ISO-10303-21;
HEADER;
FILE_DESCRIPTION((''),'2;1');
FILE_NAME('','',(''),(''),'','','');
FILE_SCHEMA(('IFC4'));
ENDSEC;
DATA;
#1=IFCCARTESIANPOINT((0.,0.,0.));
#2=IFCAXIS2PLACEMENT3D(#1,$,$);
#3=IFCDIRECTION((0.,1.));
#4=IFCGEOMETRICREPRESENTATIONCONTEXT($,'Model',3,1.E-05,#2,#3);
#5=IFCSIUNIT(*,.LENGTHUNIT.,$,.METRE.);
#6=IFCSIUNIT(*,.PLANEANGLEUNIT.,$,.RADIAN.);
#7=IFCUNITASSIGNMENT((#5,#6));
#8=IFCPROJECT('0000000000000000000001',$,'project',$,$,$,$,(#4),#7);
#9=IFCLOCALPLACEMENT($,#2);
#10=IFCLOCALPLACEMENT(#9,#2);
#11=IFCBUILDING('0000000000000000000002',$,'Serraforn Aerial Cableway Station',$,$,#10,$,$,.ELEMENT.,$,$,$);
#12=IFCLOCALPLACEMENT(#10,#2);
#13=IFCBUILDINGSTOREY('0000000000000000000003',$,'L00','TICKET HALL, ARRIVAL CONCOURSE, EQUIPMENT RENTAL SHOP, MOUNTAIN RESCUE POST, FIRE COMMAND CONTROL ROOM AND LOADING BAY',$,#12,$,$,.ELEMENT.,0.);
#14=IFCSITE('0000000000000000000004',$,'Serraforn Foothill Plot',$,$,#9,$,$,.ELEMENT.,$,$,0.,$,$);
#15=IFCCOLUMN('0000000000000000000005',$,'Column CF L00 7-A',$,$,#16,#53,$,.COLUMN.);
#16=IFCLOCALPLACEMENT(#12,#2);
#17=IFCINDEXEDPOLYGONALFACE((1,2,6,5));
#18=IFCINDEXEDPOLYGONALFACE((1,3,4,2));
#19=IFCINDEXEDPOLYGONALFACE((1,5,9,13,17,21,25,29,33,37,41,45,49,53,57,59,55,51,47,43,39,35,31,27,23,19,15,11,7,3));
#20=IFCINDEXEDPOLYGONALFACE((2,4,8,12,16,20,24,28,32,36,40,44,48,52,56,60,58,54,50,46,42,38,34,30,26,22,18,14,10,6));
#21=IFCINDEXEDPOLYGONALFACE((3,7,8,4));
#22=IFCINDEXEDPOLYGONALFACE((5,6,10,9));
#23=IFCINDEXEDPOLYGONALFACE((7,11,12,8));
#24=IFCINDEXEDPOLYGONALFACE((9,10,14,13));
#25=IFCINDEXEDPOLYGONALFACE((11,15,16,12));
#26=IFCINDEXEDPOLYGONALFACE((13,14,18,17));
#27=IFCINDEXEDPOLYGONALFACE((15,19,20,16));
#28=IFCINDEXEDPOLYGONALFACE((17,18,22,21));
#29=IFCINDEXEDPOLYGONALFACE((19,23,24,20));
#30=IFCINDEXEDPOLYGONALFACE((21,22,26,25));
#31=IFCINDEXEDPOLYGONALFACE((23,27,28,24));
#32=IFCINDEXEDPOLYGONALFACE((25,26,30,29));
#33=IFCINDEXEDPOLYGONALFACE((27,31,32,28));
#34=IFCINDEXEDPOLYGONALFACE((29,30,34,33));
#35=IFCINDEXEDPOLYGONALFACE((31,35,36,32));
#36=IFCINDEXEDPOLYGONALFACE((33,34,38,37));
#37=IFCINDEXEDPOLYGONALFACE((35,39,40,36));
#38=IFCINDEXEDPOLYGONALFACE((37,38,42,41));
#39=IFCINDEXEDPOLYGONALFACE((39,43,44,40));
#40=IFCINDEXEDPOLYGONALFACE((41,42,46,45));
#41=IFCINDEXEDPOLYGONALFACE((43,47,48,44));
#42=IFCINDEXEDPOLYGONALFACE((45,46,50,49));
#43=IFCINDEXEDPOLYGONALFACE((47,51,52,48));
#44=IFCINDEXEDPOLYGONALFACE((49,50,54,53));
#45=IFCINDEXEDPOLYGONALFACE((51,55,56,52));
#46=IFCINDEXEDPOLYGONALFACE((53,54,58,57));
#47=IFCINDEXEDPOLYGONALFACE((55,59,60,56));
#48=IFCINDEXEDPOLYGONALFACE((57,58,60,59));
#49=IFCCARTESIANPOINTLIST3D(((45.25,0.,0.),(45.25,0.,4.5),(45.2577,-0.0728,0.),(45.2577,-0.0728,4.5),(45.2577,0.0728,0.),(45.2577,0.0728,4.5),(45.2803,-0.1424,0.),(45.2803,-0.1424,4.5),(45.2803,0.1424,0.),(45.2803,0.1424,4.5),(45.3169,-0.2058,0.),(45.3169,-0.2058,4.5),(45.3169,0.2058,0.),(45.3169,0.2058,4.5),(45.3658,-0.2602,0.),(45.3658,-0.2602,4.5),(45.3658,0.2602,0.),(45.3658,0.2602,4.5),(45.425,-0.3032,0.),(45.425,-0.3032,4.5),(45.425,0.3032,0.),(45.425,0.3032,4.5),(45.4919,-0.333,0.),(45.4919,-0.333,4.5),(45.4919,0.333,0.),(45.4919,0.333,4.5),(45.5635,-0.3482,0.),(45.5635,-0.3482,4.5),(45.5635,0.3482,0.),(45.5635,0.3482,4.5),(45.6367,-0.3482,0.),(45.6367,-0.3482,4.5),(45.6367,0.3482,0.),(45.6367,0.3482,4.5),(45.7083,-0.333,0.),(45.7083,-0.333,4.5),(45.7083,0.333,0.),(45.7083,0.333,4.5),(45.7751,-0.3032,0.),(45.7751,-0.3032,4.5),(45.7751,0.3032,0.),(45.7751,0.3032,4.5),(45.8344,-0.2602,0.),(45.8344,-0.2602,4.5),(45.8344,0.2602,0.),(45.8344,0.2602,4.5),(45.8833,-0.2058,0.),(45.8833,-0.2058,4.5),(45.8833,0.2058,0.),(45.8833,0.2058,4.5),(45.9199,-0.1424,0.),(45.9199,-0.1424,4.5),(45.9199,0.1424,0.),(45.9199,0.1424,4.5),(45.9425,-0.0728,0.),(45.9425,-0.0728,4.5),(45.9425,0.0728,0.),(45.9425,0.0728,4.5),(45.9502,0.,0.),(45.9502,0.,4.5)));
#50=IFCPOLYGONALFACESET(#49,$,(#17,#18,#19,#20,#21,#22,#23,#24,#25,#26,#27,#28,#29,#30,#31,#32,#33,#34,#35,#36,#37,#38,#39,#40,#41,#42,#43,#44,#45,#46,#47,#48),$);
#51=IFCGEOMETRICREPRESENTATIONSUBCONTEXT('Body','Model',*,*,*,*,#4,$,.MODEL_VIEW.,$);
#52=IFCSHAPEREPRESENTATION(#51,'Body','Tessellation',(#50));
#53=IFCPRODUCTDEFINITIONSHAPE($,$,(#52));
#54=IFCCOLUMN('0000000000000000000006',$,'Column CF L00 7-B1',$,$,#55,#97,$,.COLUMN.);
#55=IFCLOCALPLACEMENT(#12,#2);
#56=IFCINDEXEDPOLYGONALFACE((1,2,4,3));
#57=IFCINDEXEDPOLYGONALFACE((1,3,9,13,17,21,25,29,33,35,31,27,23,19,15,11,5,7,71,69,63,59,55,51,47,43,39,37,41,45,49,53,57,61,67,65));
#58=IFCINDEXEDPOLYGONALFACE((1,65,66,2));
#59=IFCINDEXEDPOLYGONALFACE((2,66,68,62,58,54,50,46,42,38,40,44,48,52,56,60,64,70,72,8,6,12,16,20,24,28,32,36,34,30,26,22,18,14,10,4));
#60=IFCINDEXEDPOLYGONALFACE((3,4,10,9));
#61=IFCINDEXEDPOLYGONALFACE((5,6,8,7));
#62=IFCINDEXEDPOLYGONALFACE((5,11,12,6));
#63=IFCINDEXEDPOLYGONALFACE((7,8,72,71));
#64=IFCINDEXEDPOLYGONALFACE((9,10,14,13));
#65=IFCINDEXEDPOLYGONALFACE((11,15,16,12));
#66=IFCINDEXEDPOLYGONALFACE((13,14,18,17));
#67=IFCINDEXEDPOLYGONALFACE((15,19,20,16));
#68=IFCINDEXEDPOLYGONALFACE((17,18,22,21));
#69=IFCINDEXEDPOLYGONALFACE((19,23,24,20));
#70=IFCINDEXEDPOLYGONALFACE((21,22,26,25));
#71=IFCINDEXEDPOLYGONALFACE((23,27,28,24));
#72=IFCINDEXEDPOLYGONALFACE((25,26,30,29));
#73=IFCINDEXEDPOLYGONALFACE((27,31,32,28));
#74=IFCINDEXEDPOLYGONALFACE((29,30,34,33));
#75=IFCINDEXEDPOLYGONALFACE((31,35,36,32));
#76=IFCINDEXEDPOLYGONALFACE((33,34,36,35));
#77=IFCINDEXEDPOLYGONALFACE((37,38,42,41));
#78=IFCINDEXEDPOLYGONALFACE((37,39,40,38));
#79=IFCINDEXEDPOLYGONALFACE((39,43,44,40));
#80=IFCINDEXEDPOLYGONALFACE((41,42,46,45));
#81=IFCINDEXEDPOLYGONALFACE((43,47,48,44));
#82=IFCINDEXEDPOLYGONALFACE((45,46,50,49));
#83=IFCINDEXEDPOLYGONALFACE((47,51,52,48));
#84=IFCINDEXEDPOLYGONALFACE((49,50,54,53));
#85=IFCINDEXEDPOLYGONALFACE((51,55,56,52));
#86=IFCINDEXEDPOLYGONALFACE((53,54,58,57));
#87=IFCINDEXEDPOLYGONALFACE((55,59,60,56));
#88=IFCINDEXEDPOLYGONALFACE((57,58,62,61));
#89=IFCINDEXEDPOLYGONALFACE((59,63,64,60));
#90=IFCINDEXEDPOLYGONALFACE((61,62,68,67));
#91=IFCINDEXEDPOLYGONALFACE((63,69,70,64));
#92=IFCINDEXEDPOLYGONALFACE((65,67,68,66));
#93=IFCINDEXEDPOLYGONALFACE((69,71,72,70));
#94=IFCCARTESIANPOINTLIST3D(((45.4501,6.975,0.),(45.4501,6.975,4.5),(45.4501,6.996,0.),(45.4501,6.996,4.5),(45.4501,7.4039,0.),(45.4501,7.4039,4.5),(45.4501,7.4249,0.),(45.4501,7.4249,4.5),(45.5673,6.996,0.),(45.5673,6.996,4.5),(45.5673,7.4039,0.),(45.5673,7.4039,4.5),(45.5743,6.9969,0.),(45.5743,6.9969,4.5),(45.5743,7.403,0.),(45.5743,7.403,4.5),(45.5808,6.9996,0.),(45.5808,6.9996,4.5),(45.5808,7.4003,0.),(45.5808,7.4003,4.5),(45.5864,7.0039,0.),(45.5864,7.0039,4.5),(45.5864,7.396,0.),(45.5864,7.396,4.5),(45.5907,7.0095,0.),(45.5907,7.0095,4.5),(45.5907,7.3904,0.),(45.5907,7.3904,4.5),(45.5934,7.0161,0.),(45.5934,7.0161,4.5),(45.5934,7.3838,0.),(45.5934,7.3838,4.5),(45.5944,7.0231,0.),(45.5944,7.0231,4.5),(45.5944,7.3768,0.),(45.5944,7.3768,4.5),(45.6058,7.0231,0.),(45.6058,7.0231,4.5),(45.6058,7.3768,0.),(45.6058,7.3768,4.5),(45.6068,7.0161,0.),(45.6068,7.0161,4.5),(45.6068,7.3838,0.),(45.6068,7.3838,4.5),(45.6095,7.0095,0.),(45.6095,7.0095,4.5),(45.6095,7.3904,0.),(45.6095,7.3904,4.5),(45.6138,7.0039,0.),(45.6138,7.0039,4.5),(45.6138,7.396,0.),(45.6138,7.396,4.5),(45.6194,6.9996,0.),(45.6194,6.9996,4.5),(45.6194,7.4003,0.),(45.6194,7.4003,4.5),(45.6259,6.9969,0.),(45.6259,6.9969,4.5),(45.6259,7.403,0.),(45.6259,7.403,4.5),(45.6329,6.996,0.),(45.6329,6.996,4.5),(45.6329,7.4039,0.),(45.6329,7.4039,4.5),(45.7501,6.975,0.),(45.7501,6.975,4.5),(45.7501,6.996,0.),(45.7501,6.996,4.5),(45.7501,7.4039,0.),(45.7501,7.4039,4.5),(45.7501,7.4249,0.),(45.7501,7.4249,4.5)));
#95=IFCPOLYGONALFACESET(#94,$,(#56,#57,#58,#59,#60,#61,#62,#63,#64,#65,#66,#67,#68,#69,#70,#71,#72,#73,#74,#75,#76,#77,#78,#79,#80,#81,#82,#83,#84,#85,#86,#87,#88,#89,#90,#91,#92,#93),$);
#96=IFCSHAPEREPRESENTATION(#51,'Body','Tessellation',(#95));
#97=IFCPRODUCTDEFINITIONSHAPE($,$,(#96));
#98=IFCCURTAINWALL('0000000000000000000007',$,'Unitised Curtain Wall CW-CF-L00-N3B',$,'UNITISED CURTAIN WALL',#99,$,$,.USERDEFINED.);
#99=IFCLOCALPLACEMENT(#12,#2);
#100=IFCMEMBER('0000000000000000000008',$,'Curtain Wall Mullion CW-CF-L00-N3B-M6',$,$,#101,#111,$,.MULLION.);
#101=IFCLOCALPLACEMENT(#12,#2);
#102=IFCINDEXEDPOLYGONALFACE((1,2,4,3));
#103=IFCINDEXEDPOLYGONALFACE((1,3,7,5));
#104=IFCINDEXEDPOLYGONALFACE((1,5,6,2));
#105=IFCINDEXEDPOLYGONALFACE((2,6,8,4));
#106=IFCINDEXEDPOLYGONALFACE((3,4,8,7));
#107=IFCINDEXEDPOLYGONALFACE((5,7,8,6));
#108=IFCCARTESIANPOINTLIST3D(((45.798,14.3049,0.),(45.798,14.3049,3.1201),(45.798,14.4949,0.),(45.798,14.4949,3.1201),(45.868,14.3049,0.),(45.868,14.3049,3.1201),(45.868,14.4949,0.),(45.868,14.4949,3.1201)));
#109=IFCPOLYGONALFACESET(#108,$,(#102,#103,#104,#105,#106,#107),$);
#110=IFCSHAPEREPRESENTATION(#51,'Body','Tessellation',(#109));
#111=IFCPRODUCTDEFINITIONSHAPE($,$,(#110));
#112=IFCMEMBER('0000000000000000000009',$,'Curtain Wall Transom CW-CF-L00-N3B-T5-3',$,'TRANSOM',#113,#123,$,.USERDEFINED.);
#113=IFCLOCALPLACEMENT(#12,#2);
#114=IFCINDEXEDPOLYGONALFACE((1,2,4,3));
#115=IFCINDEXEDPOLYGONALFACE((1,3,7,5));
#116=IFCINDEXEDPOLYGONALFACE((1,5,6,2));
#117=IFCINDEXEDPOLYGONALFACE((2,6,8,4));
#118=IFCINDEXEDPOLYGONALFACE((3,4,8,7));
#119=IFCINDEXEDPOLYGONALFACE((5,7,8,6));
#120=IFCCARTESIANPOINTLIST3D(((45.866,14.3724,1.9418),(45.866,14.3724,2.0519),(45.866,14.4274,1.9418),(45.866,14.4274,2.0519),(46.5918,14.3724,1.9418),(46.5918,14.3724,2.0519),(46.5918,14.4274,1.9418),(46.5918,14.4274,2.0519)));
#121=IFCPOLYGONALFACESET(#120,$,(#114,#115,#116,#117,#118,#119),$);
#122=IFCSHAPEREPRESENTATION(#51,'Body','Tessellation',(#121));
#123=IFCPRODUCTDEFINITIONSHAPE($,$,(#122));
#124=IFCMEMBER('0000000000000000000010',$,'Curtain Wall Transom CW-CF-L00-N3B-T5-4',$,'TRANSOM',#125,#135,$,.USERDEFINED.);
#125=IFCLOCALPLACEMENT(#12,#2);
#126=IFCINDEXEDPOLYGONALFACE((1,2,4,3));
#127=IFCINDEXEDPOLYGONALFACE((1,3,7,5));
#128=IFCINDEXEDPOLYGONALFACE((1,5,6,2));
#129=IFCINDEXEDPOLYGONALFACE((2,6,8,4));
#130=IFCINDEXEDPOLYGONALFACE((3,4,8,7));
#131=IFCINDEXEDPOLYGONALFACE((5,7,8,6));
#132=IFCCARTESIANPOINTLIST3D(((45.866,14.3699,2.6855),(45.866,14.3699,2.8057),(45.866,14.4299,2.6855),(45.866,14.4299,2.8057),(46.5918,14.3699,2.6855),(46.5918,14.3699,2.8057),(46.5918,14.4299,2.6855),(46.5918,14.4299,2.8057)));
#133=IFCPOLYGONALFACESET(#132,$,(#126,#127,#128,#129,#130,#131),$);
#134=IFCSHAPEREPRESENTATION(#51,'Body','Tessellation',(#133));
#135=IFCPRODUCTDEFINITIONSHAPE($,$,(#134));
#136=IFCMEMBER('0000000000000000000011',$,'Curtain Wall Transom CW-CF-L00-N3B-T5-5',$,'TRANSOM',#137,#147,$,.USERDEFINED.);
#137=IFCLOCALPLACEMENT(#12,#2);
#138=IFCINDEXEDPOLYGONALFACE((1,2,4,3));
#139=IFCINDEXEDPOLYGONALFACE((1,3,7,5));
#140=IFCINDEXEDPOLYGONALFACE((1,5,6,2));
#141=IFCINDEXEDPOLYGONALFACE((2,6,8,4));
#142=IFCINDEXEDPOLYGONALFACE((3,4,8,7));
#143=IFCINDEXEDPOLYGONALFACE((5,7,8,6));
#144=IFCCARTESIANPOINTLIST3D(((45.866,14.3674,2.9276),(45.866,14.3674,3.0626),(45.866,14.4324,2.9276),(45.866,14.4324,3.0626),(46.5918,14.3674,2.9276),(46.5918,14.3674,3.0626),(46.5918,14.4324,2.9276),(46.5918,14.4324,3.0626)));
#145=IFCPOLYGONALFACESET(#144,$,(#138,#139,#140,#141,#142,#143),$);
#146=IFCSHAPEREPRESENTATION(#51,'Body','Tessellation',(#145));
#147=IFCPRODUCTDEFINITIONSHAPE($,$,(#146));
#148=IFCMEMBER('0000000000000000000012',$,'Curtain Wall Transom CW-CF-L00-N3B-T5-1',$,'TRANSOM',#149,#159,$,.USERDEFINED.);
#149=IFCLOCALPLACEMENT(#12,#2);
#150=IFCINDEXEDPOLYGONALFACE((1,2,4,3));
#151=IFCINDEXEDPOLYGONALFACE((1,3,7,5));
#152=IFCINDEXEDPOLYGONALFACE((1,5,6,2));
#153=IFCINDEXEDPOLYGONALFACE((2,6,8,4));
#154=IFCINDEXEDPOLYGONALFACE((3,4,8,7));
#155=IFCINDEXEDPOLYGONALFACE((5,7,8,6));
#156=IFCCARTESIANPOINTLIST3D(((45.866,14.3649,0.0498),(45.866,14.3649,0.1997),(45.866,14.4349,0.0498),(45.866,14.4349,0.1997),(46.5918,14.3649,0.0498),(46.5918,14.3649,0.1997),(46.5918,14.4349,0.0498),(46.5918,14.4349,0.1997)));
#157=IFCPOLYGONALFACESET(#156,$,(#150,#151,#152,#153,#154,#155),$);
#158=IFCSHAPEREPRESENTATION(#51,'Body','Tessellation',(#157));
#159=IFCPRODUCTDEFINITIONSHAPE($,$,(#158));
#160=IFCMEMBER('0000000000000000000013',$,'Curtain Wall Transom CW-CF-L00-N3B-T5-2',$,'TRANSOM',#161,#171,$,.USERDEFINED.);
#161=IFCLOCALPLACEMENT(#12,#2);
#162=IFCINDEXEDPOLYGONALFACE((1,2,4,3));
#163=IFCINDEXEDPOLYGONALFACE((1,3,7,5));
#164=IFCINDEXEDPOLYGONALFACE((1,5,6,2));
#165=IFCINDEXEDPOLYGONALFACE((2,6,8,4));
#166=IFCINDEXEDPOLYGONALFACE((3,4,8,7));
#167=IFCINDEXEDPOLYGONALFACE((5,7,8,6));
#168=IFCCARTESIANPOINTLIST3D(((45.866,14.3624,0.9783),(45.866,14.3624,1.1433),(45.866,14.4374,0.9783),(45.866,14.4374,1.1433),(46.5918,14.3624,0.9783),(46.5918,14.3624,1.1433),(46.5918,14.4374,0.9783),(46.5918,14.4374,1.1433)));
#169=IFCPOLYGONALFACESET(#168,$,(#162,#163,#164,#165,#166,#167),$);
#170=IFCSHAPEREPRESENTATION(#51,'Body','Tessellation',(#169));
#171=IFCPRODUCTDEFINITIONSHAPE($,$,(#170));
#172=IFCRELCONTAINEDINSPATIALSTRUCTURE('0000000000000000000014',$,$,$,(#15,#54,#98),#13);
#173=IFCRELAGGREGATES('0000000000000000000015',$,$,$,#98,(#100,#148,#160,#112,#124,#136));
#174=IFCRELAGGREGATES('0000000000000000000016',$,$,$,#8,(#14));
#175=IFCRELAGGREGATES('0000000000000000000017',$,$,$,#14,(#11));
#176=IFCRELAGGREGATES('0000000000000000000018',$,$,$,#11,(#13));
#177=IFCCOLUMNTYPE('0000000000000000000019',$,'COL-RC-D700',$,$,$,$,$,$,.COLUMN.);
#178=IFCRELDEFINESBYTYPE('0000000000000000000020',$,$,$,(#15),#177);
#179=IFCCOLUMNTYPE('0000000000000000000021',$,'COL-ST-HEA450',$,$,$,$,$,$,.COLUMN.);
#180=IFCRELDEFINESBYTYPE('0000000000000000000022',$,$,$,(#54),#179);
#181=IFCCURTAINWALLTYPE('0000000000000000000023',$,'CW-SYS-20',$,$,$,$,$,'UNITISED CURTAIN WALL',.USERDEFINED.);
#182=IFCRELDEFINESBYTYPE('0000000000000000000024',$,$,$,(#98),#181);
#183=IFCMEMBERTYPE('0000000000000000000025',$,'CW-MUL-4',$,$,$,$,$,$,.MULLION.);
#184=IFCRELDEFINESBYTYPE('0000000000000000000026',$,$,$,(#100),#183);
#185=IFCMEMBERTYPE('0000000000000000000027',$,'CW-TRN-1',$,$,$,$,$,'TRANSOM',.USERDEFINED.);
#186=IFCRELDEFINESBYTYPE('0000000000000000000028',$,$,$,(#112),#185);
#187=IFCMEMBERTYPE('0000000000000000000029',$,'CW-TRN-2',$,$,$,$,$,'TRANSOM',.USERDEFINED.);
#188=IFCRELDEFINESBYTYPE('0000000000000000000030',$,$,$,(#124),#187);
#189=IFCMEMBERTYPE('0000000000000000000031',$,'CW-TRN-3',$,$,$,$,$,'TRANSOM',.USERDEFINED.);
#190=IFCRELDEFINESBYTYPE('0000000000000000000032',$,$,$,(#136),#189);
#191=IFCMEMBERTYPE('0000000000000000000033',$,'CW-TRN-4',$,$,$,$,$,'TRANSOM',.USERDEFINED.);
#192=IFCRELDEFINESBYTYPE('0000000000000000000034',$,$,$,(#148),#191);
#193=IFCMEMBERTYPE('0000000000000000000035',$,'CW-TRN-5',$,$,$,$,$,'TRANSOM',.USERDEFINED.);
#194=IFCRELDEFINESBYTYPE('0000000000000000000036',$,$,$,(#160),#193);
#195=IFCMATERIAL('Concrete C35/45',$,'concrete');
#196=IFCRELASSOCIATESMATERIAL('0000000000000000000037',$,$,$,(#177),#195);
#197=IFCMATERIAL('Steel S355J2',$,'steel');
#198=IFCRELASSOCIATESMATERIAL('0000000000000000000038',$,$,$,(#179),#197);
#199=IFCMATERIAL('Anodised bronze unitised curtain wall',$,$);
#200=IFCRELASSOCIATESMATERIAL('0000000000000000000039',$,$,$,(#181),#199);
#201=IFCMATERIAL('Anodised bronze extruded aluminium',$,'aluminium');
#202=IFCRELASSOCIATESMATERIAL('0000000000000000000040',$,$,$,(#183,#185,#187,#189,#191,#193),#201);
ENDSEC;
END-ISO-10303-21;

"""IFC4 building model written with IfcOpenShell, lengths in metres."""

from ifc_helpers import new_model, si_unit, direction, frame, origin, origin_2d, place, context, subcontext, project, spatial, rectangle, circle, i_section, extrude, material, material_profile, profile_set, type_object, element, aggregate, save


model = new_model("IFC4")

# Units and contexts
model_context = context("Model", 3, precision=1e-05, world=origin(), true_north=direction((0.0, 1.0)))
body_context = subcontext(model_context, "Body", "Model", "MODEL_VIEW")
ifc_project = project(units=[si_unit("LENGTHUNIT", "METRE"), si_unit("PLANEANGLEUNIT", "RADIAN")], contexts=[model_context])

# Site, building, storey
site_placement = place(None, origin())
site = spatial("IfcSite", under=ifc_project, at=site_placement, Name="Serraforn Foothill Plot", CompositionType="ELEMENT", RefElevation=0.0)
building_placement = place(site_placement, origin())
building = spatial("IfcBuilding", under=site, at=building_placement, Name="Serraforn Aerial Cableway Station", CompositionType="ELEMENT")
storey_placement = place(building_placement, origin())
storey = spatial("IfcBuildingStorey", under=building, at=storey_placement, Name="L00", Description="TICKET HALL, ARRIVAL CONCOURSE, EQUIPMENT RENTAL SHOP, MOUNTAIN RESCUE POST, FIRE COMMAND CONTROL ROOM AND LOADING BAY", CompositionType="ELEMENT", Elevation=0.0)

# Shared definitions
ifc_material_1 = material(Name="Concrete C35/45", Category="concrete")

# Columns
ifc_material_profile_1 = material_profile(ifc_material_1, circle(Radius=0.3501, at=origin_2d()), Name="RC D700")
ifc_profile_set_1 = profile_set([ifc_material_profile_1], Name="Concrete C35/45")
column_type_1 = type_object("IfcColumnType", Name="COL-RC-D700", PredefinedType="COLUMN", material=ifc_profile_set_1)
column_1_placement = place(storey_placement, frame((45.6001, 0.0, 0.0), z_axis=(0.0, 0.0, 1.0), x_axis=(1.0, 0.0, 0.0)))
element("IfcColumn", 1, at=column_1_placement, inside=storey, type_object=column_type_1, Name="Column CF L00 7-A", PredefinedType="COLUMN", context=body_context, shape_type="SweptSolid", body=[
    extrude(circle(Radius=0.3501, at=origin_2d()), origin(), (0.0, 0.0, 1.0), 4.5),
])
ifc_material_2 = material(Name="Steel S355J2", Category="steel")
ifc_material_profile_2 = material_profile(ifc_material_2, i_section(OverallWidth=0.3, OverallDepth=0.45, WebThickness=0.0115, FlangeThickness=0.021, FilletRadius=0.0271, at=origin_2d()), Name="HEA 450")
ifc_profile_set_2 = profile_set([ifc_material_profile_2], Name="Steel S355J2")
column_type_2 = type_object("IfcColumnType", Name="COL-ST-HEA450", PredefinedType="COLUMN", material=ifc_profile_set_2)
column_2_placement = place(storey_placement, frame((45.6001, 7.2, 0.0), z_axis=(0.0, 0.0, 1.0), x_axis=(1.0, 0.0, 0.0)))
element("IfcColumn", 2, at=column_2_placement, inside=storey, type_object=column_type_2, Name="Column CF L00 7-B1", PredefinedType="COLUMN", context=body_context, shape_type="SweptSolid", body=[
    extrude(i_section(OverallWidth=0.3, OverallDepth=0.45, WebThickness=0.0115, FlangeThickness=0.021, FilletRadius=0.0271, at=origin_2d()), origin(), (0.0, 0.0, 1.0), 4.5),
])

# Curtain wall, members
ifc_material_3 = material(Name="Anodised bronze unitised curtain wall")
curtain_wall_type = type_object("IfcCurtainWallType", Name="CW-SYS-20", ElementType="UNITISED CURTAIN WALL", PredefinedType="USERDEFINED", material=ifc_material_3)
curtain_wall_placement = place(storey_placement, origin())
curtain_wall = element("IfcCurtainWall", 3, at=curtain_wall_placement, inside=storey, type_object=curtain_wall_type, Name="Unitised Curtain Wall CW-CF-L00-N3B", ObjectType="UNITISED CURTAIN WALL", PredefinedType="USERDEFINED")
ifc_material_4 = material(Name="Anodised bronze extruded aluminium", Category="aluminium")
ifc_material_profile_3 = material_profile(ifc_material_4, rectangle(XDim=0.0701, YDim=0.1899, at=origin_2d()), Name="CW MULLION 70x190")
ifc_profile_set_3 = profile_set([ifc_material_profile_3], Name="Anodised bronze extruded aluminium")
member_type_1 = type_object("IfcMemberType", Name="CW-MUL-4", PredefinedType="MULLION", material=ifc_profile_set_3)
member_1_placement = place(storey_placement, frame((45.833, 14.3999, 0.0), z_axis=(0.0, 0.0, 1.0), x_axis=(-1.0, 0.0, 0.0)))
member_1 = element("IfcMember", 4, at=member_1_placement, type_object=member_type_1, Name="Curtain Wall Mullion CW-CF-L00-N3B-M6", PredefinedType="MULLION", context=body_context, shape_type="SweptSolid", body=[
    extrude(rectangle(XDim=0.0701, YDim=0.1899, at=origin_2d()), origin(), (0.0, 0.0, 1.0), 3.1201),
])
ifc_material_profile_4 = material_profile(ifc_material_4, rectangle(XDim=0.0549, YDim=0.1101, at=origin_2d()), Name="CW TRANSOM 55x110")
ifc_profile_set_4 = profile_set([ifc_material_profile_4], Name="Anodised bronze extruded aluminium")
member_type_2 = type_object("IfcMemberType", Name="CW-TRN-1", ElementType="TRANSOM", PredefinedType="USERDEFINED", material=ifc_profile_set_4)
member_2_placement = place(storey_placement, frame((46.5918, 14.3999, 1.9968), z_axis=(-1.0, 0.0, 0.0), x_axis=(0.0, -1.0, 0.0)))
member_2 = element("IfcMember", 5, at=member_2_placement, type_object=member_type_2, Name="Curtain Wall Transom CW-CF-L00-N3B-T5-3", ObjectType="TRANSOM", PredefinedType="USERDEFINED", context=body_context, shape_type="SweptSolid", body=[
    extrude(rectangle(XDim=0.0549, YDim=0.1101, at=origin_2d()), origin(), (0.0, 0.0, 1.0), 0.7258),
])
ifc_material_profile_5 = material_profile(ifc_material_4, rectangle(XDim=0.0601, YDim=0.1201, at=origin_2d()), Name="CW TRANSOM 60x120")
ifc_profile_set_5 = profile_set([ifc_material_profile_5], Name="Anodised bronze extruded aluminium")
member_type_3 = type_object("IfcMemberType", Name="CW-TRN-2", ElementType="TRANSOM", PredefinedType="USERDEFINED", material=ifc_profile_set_5)
member_3_placement = place(storey_placement, frame((46.5918, 14.3999, 2.7456), z_axis=(-1.0, 0.0, 0.0), x_axis=(0.0, -1.0, 0.0)))
member_3 = element("IfcMember", 6, at=member_3_placement, type_object=member_type_3, Name="Curtain Wall Transom CW-CF-L00-N3B-T5-4", ObjectType="TRANSOM", PredefinedType="USERDEFINED", context=body_context, shape_type="SweptSolid", body=[
    extrude(rectangle(XDim=0.0601, YDim=0.1201, at=origin_2d()), origin(), (0.0, 0.0, 1.0), 0.7258),
])
ifc_material_profile_6 = material_profile(ifc_material_4, rectangle(XDim=0.0649, YDim=0.135, at=origin_2d()), Name="CW TRANSOM 65x135")
ifc_profile_set_6 = profile_set([ifc_material_profile_6], Name="Anodised bronze extruded aluminium")
member_type_4 = type_object("IfcMemberType", Name="CW-TRN-3", ElementType="TRANSOM", PredefinedType="USERDEFINED", material=ifc_profile_set_6)
member_4_placement = place(storey_placement, frame((46.5918, 14.3999, 2.9951), z_axis=(-1.0, 0.0, 0.0), x_axis=(0.0, -1.0, 0.0)))
member_4 = element("IfcMember", 7, at=member_4_placement, type_object=member_type_4, Name="Curtain Wall Transom CW-CF-L00-N3B-T5-5", ObjectType="TRANSOM", PredefinedType="USERDEFINED", context=body_context, shape_type="SweptSolid", body=[
    extrude(rectangle(XDim=0.0649, YDim=0.135, at=origin_2d()), origin(), (0.0, 0.0, 1.0), 0.7258),
])
ifc_material_profile_7 = material_profile(ifc_material_4, rectangle(XDim=0.0701, YDim=0.1499, at=origin_2d()), Name="CW TRANSOM 70x150")
ifc_profile_set_7 = profile_set([ifc_material_profile_7], Name="Anodised bronze extruded aluminium")
member_type_5 = type_object("IfcMemberType", Name="CW-TRN-4", ElementType="TRANSOM", PredefinedType="USERDEFINED", material=ifc_profile_set_7)
member_5_placement = place(storey_placement, frame((46.5918, 14.3999, 0.1248), z_axis=(-1.0, 0.0, 0.0), x_axis=(0.0, -1.0, 0.0)))
member_5 = element("IfcMember", 8, at=member_5_placement, type_object=member_type_5, Name="Curtain Wall Transom CW-CF-L00-N3B-T5-1", ObjectType="TRANSOM", PredefinedType="USERDEFINED", context=body_context, shape_type="SweptSolid", body=[
    extrude(rectangle(XDim=0.0701, YDim=0.1499, at=origin_2d()), origin(), (0.0, 0.0, 1.0), 0.7258),
])
ifc_material_profile_8 = material_profile(ifc_material_4, rectangle(XDim=0.075, YDim=0.165, at=origin_2d()), Name="CW TRANSOM 75x165")
ifc_profile_set_8 = profile_set([ifc_material_profile_8], Name="Anodised bronze extruded aluminium")
member_type_6 = type_object("IfcMemberType", Name="CW-TRN-5", ElementType="TRANSOM", PredefinedType="USERDEFINED", material=ifc_profile_set_8)
member_6_placement = place(storey_placement, frame((46.5918, 14.3999, 1.0608), z_axis=(-1.0, 0.0, 0.0), x_axis=(0.0, -1.0, 0.0)))
member_6 = element("IfcMember", 9, at=member_6_placement, type_object=member_type_6, Name="Curtain Wall Transom CW-CF-L00-N3B-T5-2", ObjectType="TRANSOM", PredefinedType="USERDEFINED", context=body_context, shape_type="SweptSolid", body=[
    extrude(rectangle(XDim=0.075, YDim=0.165, at=origin_2d()), origin(), (0.0, 0.0, 1.0), 0.7258),
])

aggregate(curtain_wall, [member_1, member_5, member_6, member_2, member_3, member_4])

save(model, "model.ifc")
